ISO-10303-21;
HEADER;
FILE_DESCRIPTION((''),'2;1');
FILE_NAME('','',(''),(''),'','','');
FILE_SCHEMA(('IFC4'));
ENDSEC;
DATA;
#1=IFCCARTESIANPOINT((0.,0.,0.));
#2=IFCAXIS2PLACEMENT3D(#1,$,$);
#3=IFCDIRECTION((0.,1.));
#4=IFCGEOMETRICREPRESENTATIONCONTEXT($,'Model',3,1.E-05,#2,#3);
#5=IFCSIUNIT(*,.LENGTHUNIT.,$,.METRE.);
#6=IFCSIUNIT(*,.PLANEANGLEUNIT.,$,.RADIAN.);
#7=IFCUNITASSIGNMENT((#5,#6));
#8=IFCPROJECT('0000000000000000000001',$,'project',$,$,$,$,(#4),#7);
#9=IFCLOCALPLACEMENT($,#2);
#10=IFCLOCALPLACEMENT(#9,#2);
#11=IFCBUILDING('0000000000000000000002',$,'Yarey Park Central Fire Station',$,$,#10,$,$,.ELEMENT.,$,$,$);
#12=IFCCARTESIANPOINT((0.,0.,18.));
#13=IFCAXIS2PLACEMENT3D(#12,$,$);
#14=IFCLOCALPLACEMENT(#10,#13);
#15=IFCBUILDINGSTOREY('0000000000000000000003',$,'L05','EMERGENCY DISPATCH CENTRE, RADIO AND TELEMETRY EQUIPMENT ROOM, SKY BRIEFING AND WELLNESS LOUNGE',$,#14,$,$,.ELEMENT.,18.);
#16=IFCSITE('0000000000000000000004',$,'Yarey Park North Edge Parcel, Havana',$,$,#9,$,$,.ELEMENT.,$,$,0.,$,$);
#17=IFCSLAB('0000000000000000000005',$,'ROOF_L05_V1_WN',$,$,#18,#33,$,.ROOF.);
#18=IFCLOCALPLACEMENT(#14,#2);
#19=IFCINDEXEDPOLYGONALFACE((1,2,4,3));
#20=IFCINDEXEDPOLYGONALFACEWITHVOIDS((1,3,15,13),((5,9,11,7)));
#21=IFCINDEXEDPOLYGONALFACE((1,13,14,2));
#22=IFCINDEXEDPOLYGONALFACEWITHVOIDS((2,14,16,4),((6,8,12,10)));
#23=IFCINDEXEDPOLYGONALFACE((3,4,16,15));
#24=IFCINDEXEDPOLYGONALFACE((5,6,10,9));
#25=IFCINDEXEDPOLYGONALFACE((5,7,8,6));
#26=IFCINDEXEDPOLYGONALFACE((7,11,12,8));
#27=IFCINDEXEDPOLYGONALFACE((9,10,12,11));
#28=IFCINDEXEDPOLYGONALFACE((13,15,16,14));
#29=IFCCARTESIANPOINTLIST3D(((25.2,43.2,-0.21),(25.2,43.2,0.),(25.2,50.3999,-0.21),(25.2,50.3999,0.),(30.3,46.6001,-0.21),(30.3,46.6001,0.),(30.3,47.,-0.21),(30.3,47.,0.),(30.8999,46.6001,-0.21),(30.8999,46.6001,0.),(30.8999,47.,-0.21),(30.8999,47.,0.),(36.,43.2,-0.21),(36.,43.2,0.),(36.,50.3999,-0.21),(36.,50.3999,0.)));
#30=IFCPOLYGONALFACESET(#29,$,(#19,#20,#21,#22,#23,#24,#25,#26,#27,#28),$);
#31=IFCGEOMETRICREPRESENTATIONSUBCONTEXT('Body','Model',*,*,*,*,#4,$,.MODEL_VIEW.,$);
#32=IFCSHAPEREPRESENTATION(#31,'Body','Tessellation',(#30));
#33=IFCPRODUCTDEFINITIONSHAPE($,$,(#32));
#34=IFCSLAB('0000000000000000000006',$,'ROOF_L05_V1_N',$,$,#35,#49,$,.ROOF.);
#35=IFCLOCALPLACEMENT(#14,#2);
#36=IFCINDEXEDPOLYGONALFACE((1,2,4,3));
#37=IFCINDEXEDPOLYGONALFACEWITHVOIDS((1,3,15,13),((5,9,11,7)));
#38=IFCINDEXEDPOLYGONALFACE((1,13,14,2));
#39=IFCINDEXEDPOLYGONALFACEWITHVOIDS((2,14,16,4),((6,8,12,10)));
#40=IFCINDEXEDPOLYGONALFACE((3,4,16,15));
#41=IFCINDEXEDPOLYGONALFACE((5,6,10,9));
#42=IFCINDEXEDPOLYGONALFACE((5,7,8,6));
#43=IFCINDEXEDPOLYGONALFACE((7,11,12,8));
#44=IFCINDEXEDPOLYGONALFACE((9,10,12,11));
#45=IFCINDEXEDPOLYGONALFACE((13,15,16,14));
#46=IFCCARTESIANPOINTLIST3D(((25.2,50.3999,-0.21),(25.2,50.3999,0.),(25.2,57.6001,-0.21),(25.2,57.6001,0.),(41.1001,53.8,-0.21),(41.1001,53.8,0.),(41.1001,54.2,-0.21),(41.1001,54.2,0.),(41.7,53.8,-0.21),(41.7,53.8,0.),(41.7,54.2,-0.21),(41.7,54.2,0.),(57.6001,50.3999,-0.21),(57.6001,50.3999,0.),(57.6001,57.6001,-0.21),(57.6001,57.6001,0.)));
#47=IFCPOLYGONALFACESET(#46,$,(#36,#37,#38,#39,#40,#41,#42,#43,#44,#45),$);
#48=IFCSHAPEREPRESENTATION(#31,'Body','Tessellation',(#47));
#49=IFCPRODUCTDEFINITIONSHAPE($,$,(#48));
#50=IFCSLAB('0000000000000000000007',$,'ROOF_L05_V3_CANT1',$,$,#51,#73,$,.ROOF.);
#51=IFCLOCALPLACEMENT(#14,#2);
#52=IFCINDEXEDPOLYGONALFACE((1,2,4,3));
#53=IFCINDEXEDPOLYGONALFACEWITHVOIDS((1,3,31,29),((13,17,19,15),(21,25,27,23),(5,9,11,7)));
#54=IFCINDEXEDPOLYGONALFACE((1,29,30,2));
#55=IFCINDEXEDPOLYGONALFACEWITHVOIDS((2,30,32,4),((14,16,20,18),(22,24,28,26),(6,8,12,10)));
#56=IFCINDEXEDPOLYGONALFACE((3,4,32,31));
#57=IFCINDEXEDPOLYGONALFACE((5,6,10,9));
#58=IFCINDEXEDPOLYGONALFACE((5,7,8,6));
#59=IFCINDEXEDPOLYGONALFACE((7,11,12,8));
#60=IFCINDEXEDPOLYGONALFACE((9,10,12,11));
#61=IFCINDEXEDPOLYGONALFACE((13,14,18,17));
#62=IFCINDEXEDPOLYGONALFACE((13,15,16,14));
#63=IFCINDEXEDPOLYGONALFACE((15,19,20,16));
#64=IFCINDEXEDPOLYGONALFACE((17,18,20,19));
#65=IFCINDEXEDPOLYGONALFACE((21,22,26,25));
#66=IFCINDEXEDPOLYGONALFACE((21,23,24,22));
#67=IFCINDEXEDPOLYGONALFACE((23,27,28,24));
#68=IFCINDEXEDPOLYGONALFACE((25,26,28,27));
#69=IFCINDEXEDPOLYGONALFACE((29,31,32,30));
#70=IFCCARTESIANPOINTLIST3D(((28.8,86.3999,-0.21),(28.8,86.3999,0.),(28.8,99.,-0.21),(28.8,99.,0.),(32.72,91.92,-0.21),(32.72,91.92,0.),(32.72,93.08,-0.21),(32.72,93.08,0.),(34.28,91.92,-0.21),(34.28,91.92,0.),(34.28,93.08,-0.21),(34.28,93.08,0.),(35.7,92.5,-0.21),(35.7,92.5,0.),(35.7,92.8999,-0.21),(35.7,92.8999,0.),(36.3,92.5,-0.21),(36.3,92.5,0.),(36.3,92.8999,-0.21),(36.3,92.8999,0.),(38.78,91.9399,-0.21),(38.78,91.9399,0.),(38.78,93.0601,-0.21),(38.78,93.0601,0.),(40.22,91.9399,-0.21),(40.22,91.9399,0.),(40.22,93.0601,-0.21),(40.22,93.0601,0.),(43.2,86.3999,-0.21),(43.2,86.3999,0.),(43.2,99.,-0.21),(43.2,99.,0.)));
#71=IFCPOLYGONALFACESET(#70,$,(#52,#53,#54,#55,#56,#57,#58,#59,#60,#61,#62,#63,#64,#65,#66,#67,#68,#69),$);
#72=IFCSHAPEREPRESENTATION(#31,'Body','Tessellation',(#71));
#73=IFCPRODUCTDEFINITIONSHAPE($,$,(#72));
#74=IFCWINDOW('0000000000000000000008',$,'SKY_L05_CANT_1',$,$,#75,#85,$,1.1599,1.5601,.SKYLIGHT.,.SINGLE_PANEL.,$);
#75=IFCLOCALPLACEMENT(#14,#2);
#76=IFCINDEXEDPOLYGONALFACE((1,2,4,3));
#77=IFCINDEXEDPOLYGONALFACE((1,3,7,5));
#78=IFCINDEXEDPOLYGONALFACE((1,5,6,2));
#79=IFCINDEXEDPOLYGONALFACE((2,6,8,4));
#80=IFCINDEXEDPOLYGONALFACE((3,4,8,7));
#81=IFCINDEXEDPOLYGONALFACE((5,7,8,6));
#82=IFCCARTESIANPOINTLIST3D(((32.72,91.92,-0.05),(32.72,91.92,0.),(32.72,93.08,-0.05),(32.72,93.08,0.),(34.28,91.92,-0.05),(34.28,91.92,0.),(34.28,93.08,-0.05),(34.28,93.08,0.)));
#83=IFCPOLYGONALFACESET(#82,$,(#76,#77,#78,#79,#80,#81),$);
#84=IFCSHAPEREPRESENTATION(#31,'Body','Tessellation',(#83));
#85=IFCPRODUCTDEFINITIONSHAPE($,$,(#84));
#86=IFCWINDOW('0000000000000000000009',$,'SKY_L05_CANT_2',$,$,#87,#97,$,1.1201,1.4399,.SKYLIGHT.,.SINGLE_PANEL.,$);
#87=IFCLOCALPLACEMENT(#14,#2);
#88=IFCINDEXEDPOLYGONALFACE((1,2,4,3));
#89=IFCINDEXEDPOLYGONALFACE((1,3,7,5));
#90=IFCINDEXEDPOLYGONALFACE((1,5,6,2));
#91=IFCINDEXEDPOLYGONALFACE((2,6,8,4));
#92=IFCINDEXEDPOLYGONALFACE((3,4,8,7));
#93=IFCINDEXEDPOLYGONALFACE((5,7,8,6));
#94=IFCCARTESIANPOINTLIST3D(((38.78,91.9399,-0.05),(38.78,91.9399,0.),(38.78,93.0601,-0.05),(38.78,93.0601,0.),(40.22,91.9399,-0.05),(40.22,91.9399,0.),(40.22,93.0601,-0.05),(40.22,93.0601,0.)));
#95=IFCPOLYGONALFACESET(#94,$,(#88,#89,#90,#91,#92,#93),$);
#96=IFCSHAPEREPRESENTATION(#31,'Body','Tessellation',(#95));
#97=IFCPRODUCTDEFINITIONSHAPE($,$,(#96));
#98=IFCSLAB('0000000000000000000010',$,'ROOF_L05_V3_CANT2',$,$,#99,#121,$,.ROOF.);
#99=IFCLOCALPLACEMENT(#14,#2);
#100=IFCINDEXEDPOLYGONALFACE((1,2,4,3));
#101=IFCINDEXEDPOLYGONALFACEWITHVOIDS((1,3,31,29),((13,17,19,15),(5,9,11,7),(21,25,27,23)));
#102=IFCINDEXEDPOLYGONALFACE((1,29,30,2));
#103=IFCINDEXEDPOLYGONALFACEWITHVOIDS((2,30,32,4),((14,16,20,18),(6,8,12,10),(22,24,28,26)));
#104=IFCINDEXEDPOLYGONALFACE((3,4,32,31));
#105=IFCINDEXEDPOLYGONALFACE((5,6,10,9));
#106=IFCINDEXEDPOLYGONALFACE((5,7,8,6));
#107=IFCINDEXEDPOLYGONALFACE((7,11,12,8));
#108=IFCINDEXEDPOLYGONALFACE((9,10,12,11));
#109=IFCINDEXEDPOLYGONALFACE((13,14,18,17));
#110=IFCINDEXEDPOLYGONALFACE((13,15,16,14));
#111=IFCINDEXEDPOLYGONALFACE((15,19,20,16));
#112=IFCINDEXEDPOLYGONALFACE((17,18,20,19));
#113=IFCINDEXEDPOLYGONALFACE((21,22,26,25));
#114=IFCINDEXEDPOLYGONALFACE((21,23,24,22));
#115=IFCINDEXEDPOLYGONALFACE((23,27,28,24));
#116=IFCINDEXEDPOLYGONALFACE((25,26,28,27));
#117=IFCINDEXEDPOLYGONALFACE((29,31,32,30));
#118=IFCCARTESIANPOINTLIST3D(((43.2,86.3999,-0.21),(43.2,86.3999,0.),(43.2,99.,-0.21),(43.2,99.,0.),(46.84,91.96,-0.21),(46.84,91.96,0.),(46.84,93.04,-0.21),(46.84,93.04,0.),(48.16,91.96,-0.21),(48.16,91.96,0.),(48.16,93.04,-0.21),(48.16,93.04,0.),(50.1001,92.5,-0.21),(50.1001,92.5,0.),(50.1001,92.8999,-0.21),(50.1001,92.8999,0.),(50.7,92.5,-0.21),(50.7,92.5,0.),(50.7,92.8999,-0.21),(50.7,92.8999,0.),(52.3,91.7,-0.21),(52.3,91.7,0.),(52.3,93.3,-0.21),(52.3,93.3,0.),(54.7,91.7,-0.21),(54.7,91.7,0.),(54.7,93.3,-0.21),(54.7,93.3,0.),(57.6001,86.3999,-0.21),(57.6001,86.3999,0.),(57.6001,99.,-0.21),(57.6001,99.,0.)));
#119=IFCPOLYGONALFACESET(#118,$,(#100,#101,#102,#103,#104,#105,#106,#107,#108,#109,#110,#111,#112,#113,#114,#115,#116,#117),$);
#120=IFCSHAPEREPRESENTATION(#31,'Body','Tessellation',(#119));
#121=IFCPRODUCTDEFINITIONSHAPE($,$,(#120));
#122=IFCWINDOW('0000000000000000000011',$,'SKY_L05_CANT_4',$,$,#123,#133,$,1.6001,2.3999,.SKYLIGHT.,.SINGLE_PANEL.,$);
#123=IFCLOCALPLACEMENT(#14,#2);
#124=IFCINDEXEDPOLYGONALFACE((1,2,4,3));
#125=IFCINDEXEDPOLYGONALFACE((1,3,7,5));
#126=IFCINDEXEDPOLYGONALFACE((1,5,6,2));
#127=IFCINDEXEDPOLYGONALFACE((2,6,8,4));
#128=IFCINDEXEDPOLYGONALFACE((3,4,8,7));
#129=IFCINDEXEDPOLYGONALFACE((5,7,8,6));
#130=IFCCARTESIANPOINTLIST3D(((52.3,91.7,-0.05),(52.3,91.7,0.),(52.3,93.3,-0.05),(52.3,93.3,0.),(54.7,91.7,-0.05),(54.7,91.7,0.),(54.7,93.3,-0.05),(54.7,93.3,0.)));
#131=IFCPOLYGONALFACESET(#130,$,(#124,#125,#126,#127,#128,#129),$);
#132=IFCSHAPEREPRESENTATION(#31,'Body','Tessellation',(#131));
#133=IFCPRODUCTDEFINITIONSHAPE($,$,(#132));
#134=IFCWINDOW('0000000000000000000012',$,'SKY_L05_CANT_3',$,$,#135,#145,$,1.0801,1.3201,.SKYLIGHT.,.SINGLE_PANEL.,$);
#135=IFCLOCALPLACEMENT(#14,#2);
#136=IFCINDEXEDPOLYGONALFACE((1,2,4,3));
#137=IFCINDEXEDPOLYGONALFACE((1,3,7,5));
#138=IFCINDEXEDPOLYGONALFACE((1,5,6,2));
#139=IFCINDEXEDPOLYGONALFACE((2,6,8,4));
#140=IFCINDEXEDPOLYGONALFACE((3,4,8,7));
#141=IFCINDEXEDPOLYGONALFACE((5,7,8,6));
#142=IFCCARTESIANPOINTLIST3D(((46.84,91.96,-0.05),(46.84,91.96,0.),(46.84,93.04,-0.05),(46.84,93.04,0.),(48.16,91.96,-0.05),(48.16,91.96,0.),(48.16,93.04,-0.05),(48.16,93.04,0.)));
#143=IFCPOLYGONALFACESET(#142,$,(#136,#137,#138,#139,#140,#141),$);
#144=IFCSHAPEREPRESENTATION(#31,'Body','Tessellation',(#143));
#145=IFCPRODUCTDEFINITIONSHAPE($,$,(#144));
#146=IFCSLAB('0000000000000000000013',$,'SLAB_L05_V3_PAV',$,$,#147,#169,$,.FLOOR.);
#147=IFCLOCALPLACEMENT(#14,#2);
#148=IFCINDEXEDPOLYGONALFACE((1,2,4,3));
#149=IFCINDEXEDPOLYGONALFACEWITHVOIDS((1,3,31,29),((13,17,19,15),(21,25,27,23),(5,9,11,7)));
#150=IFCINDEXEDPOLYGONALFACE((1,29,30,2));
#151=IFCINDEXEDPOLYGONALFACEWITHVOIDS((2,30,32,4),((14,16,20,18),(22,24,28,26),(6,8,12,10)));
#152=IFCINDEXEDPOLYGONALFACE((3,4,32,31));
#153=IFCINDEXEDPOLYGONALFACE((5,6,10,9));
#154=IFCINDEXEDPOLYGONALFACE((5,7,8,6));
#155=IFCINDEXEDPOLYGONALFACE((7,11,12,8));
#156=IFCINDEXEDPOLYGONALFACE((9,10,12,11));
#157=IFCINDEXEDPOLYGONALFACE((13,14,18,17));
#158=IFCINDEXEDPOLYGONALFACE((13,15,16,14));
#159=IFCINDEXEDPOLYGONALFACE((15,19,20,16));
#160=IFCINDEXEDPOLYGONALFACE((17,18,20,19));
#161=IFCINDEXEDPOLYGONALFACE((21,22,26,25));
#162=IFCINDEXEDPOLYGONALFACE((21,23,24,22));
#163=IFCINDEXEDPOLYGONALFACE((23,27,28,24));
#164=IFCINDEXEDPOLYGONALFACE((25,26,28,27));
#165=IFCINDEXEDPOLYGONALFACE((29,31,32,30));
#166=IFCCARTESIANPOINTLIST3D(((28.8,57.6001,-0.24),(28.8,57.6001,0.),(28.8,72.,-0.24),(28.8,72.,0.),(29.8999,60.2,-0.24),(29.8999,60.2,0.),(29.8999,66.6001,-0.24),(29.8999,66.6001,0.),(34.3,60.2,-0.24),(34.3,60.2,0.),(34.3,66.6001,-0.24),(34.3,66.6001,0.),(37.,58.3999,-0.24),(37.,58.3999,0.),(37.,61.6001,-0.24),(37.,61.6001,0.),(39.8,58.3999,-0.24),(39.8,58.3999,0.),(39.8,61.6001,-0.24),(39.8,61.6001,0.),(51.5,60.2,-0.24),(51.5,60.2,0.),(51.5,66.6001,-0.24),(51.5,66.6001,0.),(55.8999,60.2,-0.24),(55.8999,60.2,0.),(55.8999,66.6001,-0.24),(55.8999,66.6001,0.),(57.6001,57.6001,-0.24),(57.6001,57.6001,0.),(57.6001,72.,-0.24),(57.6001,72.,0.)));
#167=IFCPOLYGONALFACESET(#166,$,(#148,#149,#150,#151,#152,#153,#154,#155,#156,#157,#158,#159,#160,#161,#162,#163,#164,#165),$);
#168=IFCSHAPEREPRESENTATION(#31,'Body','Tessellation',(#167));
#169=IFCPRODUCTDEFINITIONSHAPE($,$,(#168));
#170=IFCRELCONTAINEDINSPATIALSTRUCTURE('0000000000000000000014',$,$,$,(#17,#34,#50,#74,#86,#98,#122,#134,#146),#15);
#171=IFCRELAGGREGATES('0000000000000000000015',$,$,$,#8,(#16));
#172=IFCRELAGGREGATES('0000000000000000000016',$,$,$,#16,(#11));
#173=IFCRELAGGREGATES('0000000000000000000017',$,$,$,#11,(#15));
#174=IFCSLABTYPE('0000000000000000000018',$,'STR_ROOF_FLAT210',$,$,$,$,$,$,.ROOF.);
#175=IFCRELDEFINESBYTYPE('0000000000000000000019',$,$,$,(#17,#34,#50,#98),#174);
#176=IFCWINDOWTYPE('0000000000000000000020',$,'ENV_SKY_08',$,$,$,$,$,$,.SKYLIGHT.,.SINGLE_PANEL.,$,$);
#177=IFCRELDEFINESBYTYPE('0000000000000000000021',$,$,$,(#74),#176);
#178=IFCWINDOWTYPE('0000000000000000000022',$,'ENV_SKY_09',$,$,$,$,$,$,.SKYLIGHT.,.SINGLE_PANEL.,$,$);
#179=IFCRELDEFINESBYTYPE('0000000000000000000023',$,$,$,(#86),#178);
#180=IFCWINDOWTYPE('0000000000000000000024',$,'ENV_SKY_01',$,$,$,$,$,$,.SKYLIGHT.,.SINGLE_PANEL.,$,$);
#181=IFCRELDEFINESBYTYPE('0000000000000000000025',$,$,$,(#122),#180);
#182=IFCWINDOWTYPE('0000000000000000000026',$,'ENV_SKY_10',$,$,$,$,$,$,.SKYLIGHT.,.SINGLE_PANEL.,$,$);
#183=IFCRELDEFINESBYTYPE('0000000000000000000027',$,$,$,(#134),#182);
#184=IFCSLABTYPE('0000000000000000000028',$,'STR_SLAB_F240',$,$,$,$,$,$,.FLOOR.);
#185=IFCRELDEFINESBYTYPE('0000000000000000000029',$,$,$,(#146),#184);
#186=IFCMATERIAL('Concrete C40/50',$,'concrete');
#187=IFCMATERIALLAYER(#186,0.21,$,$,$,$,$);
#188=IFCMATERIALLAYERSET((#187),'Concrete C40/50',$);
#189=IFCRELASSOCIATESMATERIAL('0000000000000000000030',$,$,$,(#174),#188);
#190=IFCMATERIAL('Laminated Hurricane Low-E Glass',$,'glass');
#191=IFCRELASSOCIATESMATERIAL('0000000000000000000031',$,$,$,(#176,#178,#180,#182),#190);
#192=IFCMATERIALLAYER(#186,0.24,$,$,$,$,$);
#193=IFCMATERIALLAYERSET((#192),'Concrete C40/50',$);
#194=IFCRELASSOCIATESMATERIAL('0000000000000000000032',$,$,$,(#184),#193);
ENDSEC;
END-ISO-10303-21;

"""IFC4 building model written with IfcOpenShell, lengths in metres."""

from ifc_helpers import new_model, si_unit, direction, frame, origin, origin_2d, place, context, subcontext, project, spatial, polyline, rectangle, outline, extrude, material, layer, layer_set, type_object, element, fill, save


model = new_model("IFC4")

# Units and contexts
model_context = context("Model", 3, precision=1e-05, world=origin(), true_north=direction((0.0, 1.0)))
body_context = subcontext(model_context, "Body", "Model", "MODEL_VIEW")
ifc_project = project(units=[si_unit("LENGTHUNIT", "METRE"), si_unit("PLANEANGLEUNIT", "RADIAN")], contexts=[model_context])

# Site, building, storey
site_placement = place(None, origin())
site = spatial("IfcSite", under=ifc_project, at=site_placement, Name="Yarey Park North Edge Parcel, Havana", CompositionType="ELEMENT", RefElevation=0.0)
building_placement = place(site_placement, origin())
building = spatial("IfcBuilding", under=site, at=building_placement, Name="Yarey Park Central Fire Station", CompositionType="ELEMENT")
storey_placement = place(building_placement, frame((0.0, 0.0, 18.0)))
storey = spatial("IfcBuildingStorey", under=building, at=storey_placement, Name="L05", Description="EMERGENCY DISPATCH CENTRE, RADIO AND TELEMETRY EQUIPMENT ROOM, SKY BRIEFING AND WELLNESS LOUNGE", CompositionType="ELEMENT", Elevation=18.0)

# Shared definitions
ifc_material_1 = material(Name="Concrete C40/50", Category="concrete")

# Slabs
ifc_layer_1 = layer(ifc_material_1, 0.21)
ifc_layer_set_1 = layer_set([ifc_layer_1], Name="Concrete C40/50")
slab_type_1 = type_object("IfcSlabType", Name="STR_ROOF_FLAT210", PredefinedType="ROOF", material=ifc_layer_set_1)
slab_1_placement = place(storey_placement, frame((0.0, 0.0, -0.21)))
element("IfcSlab", 1, at=slab_1_placement, inside=storey, type_object=slab_type_1, Name="ROOF_L05_V1_WN", PredefinedType="ROOF", context=body_context, shape_type="SweptSolid", body=[
    extrude(outline(polyline([(25.2, 43.2), (36.0, 43.2), (36.0, 50.3999), (25.2, 50.3999), (25.2, 43.2)]), holes=[polyline([(30.3, 46.6001), (30.8999, 46.6001), (30.8999, 47.0), (30.3, 47.0), (30.3, 46.6001)])]), origin(), (0.0, 0.0, 1.0), 0.21),
])
slab_2_placement = place(storey_placement, frame((0.0, 0.0, -0.21)))
element("IfcSlab", 2, at=slab_2_placement, inside=storey, type_object=slab_type_1, Name="ROOF_L05_V1_N", PredefinedType="ROOF", context=body_context, shape_type="SweptSolid", body=[
    extrude(outline(polyline([(25.2, 50.3999), (57.6001, 50.3999), (57.6001, 57.6001), (25.2, 57.6001), (25.2, 50.3999)]), holes=[polyline([(41.1001, 53.8), (41.7, 53.8), (41.7, 54.2), (41.1001, 54.2), (41.1001, 53.8)])]), origin(), (0.0, 0.0, 1.0), 0.21),
])

# Slabs, openings, windows
slab_3_placement = place(storey_placement, frame((0.0, 0.0, -0.21)))
slab_3 = element("IfcSlab", 3, at=slab_3_placement, inside=storey, type_object=slab_type_1, Name="ROOF_L05_V3_CANT1", PredefinedType="ROOF", context=body_context, shape_type="SweptSolid", body=[
    extrude(outline(polyline([(28.8, 86.3999), (43.2, 86.3999), (43.2, 99.0), (28.8, 99.0), (28.8, 86.3999)]), holes=[polyline([(35.7, 92.5), (36.3, 92.5), (36.3, 92.8999), (35.7, 92.8999), (35.7, 92.5)])]), origin(), (0.0, 0.0, 1.0), 0.21),
])
opening_1_placement = place(slab_3_placement, frame((33.5, 92.5, -0.01)))
opening_1 = element("IfcOpeningElement", 4, at=opening_1_placement, cuts=slab_3, PredefinedType="OPENING", context=body_context, shape_type="SweptSolid", body=[
    extrude(rectangle(XDim=1.5601, YDim=1.1599, at=origin_2d()), origin(), (0.0, 0.0, 1.0), 0.23),
])
opening_2_placement = place(slab_3_placement, frame((39.5, 92.5, -0.01)))
opening_2 = element("IfcOpeningElement", 5, at=opening_2_placement, cuts=slab_3, PredefinedType="OPENING", context=body_context, shape_type="SweptSolid", body=[
    extrude(rectangle(XDim=1.4399, YDim=1.1201, at=origin_2d()), origin(), (0.0, 0.0, 1.0), 0.23),
])
ifc_material_2 = material(Name="Laminated Hurricane Low-E Glass", Category="glass")
window_type_1 = type_object("IfcWindowType", Name="ENV_SKY_08", PartitioningType="SINGLE_PANEL", PredefinedType="SKYLIGHT", material=ifc_material_2)
window_1_placement = place(slab_3_placement, frame((33.5, 92.5, 0.1599)))
window_1 = element("IfcWindow", 6, at=window_1_placement, inside=storey, type_object=window_type_1, Name="SKY_L05_CANT_1", OverallHeight=1.1599, OverallWidth=1.5601, PartitioningType="SINGLE_PANEL", PredefinedType="SKYLIGHT", context=body_context, shape_type="SweptSolid", body=[
    extrude(rectangle(XDim=1.5601, YDim=1.1599, at=origin_2d()), origin(), (0.0, 0.0, 1.0), 0.05),
])
fill(opening_1, window_1)
window_type_2 = type_object("IfcWindowType", Name="ENV_SKY_09", PartitioningType="SINGLE_PANEL", PredefinedType="SKYLIGHT", material=ifc_material_2)
window_2_placement = place(slab_3_placement, frame((39.5, 92.5, 0.1599)))
window_2 = element("IfcWindow", 7, at=window_2_placement, inside=storey, type_object=window_type_2, Name="SKY_L05_CANT_2", OverallHeight=1.1201, OverallWidth=1.4399, PartitioningType="SINGLE_PANEL", PredefinedType="SKYLIGHT", context=body_context, shape_type="SweptSolid", body=[
    extrude(rectangle(XDim=1.4399, YDim=1.1201, at=origin_2d()), origin(), (0.0, 0.0, 1.0), 0.05),
])
fill(opening_2, window_2)
slab_4_placement = place(storey_placement, frame((0.0, 0.0, -0.21)))
slab_4 = element("IfcSlab", 8, at=slab_4_placement, inside=storey, type_object=slab_type_1, Name="ROOF_L05_V3_CANT2", PredefinedType="ROOF", context=body_context, shape_type="SweptSolid", body=[
    extrude(outline(polyline([(43.2, 86.3999), (57.6001, 86.3999), (57.6001, 99.0), (43.2, 99.0), (43.2, 86.3999)]), holes=[polyline([(50.1001, 92.5), (50.7, 92.5), (50.7, 92.8999), (50.1001, 92.8999), (50.1001, 92.5)])]), origin(), (0.0, 0.0, 1.0), 0.21),
])
opening_3_placement = place(slab_4_placement, frame((47.5, 92.5, -0.01)))
opening_3 = element("IfcOpeningElement", 9, at=opening_3_placement, cuts=slab_4, PredefinedType="OPENING", context=body_context, shape_type="SweptSolid", body=[
    extrude(rectangle(XDim=1.3201, YDim=1.0801, at=origin_2d()), origin(), (0.0, 0.0, 1.0), 0.23),
])
opening_4_placement = place(slab_4_placement, frame((53.5, 92.5, -0.01)))
opening_4 = element("IfcOpeningElement", 10, at=opening_4_placement, cuts=slab_4, PredefinedType="OPENING", context=body_context, shape_type="SweptSolid", body=[
    extrude(rectangle(XDim=2.3999, YDim=1.6001, at=origin_2d()), origin(), (0.0, 0.0, 1.0), 0.23),
])
window_type_3 = type_object("IfcWindowType", Name="ENV_SKY_01", PartitioningType="SINGLE_PANEL", PredefinedType="SKYLIGHT", material=ifc_material_2)
window_3_placement = place(slab_4_placement, frame((53.5, 92.5, 0.1599)))
window_3 = element("IfcWindow", 11, at=window_3_placement, inside=storey, type_object=window_type_3, Name="SKY_L05_CANT_4", OverallHeight=1.6001, OverallWidth=2.3999, PartitioningType="SINGLE_PANEL", PredefinedType="SKYLIGHT", context=body_context, shape_type="SweptSolid", body=[
    extrude(rectangle(XDim=2.3999, YDim=1.6001, at=origin_2d()), origin(), (0.0, 0.0, 1.0), 0.05),
])
fill(opening_4, window_3)
window_type_4 = type_object("IfcWindowType", Name="ENV_SKY_10", PartitioningType="SINGLE_PANEL", PredefinedType="SKYLIGHT", material=ifc_material_2)
window_4_placement = place(slab_4_placement, frame((47.5, 92.5, 0.1599)))
window_4 = element("IfcWindow", 12, at=window_4_placement, inside=storey, type_object=window_type_4, Name="SKY_L05_CANT_3", OverallHeight=1.0801, OverallWidth=1.3201, PartitioningType="SINGLE_PANEL", PredefinedType="SKYLIGHT", context=body_context, shape_type="SweptSolid", body=[
    extrude(rectangle(XDim=1.3201, YDim=1.0801, at=origin_2d()), origin(), (0.0, 0.0, 1.0), 0.05),
])
fill(opening_3, window_4)

# Slab
ifc_layer_2 = layer(ifc_material_1, 0.24)
ifc_layer_set_2 = layer_set([ifc_layer_2], Name="Concrete C40/50")
slab_type_2 = type_object("IfcSlabType", Name="STR_SLAB_F240", PredefinedType="FLOOR", material=ifc_layer_set_2)
slab_5_placement = place(storey_placement, frame((0.0, 0.0, -0.24)))
element("IfcSlab", 13, at=slab_5_placement, inside=storey, type_object=slab_type_2, Name="SLAB_L05_V3_PAV", PredefinedType="FLOOR", context=body_context, shape_type="SweptSolid", body=[
    extrude(outline(polyline([(28.8, 57.6001), (57.6001, 57.6001), (57.6001, 72.0), (28.8, 72.0), (28.8, 57.6001)]), holes=[polyline([(29.8999, 60.2), (34.3, 60.2), (34.3, 66.6001), (29.8999, 66.6001), (29.8999, 60.2)]), polyline([(37.0, 58.3999), (39.8, 58.3999), (39.8, 61.6001), (37.0, 61.6001), (37.0, 58.3999)]), polyline([(51.5, 60.2), (55.8999, 60.2), (55.8999, 66.6001), (51.5, 66.6001), (51.5, 60.2)])]), origin(), (0.0, 0.0, 1.0), 0.24),
])

save(model, "model.ifc")
